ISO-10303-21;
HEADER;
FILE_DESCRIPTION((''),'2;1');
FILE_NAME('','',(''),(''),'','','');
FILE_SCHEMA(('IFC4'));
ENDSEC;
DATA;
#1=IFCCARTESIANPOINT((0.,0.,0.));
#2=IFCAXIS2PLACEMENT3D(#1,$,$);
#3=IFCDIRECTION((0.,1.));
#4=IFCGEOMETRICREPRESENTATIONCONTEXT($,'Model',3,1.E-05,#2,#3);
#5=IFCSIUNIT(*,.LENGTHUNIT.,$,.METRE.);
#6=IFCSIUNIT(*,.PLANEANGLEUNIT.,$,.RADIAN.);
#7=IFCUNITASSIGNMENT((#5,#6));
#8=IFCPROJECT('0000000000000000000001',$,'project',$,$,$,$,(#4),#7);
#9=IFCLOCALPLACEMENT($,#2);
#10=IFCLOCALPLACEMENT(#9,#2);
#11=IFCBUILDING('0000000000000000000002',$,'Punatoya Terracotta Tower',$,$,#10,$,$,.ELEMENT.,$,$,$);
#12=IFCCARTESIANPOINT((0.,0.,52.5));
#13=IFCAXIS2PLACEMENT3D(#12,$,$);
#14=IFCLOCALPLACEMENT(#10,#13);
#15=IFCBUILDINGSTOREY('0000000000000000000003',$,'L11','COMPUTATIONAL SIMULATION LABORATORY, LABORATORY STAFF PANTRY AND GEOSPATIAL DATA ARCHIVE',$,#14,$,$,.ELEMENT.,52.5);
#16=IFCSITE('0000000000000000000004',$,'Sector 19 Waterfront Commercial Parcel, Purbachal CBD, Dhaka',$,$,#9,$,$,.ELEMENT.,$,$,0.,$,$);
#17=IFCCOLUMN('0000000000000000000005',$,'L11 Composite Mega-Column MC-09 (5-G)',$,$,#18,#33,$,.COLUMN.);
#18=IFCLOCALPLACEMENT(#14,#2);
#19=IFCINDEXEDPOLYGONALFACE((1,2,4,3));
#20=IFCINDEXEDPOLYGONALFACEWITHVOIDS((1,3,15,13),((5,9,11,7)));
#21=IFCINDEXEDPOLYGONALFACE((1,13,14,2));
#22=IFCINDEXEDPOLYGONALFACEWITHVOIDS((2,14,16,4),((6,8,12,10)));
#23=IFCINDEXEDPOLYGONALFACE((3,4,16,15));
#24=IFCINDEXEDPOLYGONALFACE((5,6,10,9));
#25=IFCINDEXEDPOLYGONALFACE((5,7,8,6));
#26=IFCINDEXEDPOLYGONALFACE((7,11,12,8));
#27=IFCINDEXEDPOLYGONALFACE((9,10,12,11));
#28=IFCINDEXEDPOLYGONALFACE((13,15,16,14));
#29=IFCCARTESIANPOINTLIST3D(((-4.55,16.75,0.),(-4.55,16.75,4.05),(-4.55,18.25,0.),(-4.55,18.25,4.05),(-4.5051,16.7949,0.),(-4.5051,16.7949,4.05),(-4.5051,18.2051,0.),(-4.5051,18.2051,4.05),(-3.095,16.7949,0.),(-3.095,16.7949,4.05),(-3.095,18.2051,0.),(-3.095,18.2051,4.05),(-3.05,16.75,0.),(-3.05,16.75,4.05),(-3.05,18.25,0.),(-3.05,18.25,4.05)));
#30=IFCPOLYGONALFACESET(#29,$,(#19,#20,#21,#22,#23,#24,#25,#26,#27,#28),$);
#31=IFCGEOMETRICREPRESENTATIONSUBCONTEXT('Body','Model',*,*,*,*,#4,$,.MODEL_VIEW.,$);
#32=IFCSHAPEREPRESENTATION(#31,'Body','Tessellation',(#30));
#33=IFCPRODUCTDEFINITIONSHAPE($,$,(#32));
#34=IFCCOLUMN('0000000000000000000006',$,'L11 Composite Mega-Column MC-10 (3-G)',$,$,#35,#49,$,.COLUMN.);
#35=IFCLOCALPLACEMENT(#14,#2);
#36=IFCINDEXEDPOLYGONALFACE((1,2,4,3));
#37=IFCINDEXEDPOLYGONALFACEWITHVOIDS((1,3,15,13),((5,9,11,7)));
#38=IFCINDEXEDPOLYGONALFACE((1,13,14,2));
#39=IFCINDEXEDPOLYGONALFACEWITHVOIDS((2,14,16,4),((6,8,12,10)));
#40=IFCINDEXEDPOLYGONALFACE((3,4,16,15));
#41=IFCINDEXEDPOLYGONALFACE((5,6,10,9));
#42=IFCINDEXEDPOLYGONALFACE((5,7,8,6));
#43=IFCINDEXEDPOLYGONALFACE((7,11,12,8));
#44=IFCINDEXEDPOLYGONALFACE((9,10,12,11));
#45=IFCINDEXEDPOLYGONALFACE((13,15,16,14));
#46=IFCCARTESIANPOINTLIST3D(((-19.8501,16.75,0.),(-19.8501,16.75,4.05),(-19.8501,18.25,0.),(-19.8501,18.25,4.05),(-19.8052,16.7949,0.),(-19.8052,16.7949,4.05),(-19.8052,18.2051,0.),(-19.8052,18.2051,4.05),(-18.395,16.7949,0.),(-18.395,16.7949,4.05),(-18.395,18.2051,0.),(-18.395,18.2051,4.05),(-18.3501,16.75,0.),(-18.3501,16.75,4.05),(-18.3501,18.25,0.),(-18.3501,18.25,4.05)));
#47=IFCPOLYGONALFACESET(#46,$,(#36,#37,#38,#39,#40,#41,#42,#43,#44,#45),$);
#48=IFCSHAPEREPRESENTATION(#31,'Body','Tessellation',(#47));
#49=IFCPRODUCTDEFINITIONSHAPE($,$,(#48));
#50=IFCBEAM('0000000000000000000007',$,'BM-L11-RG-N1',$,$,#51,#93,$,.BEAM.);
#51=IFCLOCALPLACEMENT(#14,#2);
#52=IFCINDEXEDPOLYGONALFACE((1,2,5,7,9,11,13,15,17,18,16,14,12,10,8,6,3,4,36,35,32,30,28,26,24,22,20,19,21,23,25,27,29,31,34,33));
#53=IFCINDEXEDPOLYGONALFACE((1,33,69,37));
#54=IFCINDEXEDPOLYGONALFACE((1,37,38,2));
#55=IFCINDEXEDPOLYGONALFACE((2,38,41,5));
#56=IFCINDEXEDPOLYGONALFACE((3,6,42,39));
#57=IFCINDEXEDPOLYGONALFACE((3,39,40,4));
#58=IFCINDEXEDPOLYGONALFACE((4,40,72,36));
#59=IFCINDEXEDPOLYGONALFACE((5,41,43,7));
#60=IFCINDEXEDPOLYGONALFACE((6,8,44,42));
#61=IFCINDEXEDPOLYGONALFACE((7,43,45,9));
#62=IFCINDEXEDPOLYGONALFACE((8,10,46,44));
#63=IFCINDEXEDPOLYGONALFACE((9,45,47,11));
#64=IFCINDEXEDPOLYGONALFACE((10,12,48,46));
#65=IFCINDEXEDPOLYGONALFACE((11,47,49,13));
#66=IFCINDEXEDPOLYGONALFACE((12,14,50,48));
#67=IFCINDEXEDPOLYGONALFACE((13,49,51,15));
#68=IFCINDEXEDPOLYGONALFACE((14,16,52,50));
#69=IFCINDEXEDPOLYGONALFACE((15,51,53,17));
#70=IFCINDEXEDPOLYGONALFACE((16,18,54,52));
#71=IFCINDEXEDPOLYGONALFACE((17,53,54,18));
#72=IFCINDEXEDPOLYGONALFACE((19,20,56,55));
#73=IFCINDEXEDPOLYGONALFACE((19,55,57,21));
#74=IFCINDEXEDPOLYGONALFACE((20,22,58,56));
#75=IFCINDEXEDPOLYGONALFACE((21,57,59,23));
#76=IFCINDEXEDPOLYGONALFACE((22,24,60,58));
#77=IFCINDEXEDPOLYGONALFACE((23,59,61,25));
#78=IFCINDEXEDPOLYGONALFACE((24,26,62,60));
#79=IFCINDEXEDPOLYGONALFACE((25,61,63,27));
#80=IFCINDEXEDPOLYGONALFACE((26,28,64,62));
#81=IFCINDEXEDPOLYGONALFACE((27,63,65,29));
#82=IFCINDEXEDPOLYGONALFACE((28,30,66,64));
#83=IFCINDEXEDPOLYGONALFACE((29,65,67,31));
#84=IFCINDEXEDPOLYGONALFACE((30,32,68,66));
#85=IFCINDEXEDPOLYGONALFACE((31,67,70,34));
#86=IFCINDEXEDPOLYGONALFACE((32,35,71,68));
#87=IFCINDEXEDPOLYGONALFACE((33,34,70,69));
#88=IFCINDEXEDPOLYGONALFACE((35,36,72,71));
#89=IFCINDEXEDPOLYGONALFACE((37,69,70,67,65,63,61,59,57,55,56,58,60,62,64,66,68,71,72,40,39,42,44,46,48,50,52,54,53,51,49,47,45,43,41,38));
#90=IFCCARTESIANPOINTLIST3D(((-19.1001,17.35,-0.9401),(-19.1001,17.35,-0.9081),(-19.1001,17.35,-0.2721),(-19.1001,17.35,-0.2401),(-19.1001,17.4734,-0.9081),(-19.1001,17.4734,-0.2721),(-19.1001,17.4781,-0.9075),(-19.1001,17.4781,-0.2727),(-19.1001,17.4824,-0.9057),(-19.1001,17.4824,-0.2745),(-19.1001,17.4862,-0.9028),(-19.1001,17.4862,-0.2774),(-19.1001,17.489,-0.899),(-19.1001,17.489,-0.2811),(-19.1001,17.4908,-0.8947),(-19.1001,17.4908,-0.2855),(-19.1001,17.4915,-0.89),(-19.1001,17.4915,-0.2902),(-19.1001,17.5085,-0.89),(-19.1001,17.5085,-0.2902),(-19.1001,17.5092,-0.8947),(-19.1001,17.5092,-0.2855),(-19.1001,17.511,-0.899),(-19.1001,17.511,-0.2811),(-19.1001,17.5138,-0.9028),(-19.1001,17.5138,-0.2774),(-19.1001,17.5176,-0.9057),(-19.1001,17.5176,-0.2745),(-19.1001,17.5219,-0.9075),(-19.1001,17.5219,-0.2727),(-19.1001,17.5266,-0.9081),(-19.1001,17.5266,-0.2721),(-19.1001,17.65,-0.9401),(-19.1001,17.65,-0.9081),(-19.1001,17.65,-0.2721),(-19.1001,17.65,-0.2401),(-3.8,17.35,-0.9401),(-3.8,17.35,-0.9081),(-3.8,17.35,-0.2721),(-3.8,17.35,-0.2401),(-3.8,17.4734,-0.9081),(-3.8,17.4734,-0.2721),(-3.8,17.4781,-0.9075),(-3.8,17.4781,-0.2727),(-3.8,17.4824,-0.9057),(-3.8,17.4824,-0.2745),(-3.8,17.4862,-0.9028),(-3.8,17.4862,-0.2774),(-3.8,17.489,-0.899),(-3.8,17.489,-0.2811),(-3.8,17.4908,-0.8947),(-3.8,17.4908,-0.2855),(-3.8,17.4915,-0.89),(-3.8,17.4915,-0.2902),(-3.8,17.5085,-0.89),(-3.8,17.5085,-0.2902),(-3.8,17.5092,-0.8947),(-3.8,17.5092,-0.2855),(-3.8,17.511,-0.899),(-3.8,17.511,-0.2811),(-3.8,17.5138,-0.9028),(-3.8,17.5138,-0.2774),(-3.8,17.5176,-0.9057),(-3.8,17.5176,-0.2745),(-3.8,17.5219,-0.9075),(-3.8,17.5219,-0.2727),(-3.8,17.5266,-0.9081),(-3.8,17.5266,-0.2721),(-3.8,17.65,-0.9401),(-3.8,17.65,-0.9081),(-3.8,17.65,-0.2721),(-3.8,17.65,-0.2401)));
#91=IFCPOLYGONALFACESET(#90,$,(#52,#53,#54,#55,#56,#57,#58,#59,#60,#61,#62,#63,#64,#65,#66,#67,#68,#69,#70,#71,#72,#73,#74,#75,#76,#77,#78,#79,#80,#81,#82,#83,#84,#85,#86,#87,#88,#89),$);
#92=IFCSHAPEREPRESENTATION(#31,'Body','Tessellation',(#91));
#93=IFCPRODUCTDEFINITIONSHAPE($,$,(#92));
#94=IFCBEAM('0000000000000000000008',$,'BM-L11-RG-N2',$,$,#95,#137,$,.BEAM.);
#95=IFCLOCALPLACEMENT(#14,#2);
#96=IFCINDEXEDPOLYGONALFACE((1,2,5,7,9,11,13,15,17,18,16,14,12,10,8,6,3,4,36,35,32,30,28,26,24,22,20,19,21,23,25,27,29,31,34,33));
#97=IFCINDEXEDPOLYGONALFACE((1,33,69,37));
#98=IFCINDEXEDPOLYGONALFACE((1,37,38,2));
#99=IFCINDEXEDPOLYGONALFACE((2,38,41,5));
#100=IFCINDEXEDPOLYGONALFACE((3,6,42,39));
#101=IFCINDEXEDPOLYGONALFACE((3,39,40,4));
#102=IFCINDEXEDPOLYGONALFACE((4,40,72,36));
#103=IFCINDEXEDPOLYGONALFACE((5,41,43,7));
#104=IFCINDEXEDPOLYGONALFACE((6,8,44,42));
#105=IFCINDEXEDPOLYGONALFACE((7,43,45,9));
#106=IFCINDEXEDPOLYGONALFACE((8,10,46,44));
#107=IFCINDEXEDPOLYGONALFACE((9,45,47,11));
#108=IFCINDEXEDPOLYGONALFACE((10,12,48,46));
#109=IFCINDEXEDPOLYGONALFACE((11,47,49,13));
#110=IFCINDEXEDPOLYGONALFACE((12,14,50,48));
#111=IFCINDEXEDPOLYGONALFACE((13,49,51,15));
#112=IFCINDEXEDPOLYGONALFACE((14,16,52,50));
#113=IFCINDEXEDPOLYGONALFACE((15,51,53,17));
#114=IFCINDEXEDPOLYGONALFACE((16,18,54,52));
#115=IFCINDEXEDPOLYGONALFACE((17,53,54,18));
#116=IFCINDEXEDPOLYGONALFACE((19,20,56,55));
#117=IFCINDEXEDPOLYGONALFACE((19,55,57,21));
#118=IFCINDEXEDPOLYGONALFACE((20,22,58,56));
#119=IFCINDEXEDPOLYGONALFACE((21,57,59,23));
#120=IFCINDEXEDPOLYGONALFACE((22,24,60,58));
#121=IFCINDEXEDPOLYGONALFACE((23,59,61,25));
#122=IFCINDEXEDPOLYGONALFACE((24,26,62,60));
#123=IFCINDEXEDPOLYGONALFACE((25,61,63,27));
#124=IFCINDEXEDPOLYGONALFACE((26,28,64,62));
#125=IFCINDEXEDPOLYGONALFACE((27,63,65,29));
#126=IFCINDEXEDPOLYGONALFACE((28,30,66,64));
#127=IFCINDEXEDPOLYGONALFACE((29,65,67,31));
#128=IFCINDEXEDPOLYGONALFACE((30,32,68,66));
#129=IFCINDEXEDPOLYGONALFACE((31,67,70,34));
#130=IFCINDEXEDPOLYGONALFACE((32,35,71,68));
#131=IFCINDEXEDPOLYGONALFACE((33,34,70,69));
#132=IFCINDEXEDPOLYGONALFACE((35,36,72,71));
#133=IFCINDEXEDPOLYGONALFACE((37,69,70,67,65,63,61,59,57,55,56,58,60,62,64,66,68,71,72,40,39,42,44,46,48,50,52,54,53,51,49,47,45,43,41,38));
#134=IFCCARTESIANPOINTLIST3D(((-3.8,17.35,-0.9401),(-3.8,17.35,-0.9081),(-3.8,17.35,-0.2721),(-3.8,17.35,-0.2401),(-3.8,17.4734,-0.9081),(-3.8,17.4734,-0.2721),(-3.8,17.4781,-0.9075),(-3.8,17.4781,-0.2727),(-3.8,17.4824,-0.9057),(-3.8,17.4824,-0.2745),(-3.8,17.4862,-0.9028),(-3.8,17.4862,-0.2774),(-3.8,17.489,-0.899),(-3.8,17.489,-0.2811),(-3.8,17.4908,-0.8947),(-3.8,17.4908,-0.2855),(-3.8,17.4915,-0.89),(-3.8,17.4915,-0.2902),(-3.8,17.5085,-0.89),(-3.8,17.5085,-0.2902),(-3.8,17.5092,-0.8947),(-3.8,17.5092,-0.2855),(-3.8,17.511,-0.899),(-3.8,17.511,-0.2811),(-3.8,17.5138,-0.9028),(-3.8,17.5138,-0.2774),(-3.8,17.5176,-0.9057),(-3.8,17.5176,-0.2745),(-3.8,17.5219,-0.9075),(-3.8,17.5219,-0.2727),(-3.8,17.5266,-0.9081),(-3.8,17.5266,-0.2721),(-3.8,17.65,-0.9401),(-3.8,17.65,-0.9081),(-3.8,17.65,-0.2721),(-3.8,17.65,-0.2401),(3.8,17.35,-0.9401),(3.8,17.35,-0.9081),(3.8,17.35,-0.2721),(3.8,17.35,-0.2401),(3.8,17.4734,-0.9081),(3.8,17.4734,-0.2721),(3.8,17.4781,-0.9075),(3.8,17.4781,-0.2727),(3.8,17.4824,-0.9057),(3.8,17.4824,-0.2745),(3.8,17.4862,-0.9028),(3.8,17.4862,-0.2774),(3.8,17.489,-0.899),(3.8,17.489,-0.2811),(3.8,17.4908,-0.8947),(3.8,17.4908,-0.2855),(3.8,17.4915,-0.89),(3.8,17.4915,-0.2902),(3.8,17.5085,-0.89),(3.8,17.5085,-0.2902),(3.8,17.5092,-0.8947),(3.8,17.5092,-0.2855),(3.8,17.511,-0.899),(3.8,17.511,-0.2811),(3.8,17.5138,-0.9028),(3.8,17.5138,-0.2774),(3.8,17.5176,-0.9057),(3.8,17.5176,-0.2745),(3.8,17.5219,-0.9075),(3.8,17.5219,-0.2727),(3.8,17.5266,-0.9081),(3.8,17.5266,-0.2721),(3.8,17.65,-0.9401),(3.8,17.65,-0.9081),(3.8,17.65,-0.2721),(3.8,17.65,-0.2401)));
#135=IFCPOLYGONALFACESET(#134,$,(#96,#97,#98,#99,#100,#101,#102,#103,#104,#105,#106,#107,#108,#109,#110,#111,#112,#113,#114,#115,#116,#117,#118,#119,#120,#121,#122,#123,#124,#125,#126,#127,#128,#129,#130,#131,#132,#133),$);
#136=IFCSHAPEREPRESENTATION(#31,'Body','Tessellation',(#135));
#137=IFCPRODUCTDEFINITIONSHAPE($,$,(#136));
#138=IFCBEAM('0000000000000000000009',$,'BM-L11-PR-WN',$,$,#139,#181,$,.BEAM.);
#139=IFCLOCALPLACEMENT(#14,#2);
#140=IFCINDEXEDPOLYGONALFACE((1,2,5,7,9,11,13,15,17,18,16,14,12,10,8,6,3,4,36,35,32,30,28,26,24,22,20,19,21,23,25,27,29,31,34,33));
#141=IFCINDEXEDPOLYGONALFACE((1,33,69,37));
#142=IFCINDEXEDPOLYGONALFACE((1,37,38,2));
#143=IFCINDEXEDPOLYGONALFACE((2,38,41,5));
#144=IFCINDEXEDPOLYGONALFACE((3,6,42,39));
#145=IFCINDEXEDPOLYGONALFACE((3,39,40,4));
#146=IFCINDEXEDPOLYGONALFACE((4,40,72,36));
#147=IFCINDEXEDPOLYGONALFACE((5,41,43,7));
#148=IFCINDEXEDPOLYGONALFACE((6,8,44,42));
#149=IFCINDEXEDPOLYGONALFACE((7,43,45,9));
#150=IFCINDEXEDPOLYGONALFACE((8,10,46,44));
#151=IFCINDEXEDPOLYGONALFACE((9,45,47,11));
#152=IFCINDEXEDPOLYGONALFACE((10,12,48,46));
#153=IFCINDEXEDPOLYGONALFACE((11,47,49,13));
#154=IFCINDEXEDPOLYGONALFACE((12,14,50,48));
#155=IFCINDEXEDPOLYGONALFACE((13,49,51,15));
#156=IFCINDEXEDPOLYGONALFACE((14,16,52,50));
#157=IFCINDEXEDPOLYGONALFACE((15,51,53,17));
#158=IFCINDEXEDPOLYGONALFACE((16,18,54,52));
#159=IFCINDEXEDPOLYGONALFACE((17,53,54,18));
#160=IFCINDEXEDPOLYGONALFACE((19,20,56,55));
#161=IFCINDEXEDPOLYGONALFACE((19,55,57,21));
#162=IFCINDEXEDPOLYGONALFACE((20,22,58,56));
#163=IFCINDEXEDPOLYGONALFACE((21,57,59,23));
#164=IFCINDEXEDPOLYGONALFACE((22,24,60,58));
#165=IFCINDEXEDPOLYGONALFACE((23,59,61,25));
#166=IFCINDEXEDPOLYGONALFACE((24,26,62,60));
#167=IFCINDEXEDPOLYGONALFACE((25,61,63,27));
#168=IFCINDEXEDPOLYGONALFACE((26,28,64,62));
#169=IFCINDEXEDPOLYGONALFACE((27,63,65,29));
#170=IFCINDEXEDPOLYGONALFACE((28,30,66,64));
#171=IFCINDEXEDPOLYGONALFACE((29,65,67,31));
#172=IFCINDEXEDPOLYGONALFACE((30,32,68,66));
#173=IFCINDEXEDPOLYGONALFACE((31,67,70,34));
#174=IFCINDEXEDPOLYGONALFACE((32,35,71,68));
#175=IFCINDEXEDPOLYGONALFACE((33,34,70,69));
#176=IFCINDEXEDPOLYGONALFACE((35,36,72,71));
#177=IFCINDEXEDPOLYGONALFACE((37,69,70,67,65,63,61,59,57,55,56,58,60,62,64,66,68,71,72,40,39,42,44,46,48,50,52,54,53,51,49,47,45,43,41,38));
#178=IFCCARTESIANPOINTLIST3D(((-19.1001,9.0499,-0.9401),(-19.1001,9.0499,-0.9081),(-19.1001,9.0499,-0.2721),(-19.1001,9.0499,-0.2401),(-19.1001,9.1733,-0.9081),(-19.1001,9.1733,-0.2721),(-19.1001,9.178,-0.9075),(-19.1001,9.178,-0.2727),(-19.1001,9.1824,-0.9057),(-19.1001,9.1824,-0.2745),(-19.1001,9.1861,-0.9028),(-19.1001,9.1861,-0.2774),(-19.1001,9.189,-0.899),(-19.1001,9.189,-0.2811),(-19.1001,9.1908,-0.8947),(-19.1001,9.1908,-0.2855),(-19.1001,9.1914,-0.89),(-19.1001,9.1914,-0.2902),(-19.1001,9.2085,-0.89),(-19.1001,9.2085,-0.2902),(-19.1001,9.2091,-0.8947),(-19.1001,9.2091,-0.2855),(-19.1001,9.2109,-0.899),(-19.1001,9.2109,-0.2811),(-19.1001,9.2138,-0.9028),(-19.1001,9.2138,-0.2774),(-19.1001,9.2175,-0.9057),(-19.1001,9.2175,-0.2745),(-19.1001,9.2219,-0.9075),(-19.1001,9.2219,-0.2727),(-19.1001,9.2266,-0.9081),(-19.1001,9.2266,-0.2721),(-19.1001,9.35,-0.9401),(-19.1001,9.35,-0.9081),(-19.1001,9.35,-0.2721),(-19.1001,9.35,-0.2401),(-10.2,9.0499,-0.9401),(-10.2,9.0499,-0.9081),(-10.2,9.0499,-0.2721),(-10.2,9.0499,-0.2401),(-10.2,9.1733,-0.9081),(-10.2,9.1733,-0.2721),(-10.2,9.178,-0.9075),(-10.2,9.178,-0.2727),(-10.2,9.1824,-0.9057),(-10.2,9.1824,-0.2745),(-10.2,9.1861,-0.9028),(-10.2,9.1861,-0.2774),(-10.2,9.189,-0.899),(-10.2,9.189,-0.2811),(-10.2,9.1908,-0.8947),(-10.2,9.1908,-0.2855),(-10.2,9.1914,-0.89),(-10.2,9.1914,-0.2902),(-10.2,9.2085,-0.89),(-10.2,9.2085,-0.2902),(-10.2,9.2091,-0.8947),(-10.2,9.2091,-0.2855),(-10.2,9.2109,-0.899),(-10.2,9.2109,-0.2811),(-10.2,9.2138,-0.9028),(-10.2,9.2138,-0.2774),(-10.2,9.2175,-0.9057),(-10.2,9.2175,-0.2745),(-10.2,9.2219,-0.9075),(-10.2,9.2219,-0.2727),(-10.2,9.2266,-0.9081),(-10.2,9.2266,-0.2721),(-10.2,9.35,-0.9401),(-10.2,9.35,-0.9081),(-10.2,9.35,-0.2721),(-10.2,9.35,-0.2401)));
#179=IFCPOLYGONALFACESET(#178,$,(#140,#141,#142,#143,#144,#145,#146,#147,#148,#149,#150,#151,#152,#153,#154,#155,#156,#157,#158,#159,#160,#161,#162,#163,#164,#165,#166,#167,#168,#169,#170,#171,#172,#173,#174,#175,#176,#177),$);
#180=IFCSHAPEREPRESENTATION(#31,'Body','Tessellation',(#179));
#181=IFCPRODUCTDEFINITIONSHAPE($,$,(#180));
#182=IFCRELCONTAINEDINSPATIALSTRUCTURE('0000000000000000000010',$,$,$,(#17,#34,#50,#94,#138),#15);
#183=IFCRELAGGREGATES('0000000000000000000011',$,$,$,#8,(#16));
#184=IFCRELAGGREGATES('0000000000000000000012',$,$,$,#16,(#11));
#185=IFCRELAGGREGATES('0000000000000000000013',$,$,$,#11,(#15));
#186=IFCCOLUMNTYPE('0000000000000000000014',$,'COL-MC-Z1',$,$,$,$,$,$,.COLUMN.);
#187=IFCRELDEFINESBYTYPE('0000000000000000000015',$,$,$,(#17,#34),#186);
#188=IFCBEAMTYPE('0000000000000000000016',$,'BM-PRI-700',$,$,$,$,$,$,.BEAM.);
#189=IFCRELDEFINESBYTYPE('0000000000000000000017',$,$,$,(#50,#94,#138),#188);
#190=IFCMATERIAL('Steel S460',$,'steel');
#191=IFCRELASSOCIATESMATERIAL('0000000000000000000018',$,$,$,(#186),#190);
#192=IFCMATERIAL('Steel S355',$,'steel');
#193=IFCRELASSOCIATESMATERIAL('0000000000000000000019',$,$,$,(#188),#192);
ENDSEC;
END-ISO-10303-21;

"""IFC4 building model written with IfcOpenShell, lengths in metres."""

from ifc_helpers import new_model, si_unit, direction, frame, origin, origin_2d, place, context, subcontext, project, spatial, hollow_rectangle, i_section, extrude, material, material_profile, profile_set, type_object, element, save


model = new_model("IFC4")

# Units and contexts
model_context = context("Model", 3, precision=1e-05, world=origin(), true_north=direction((0.0, 1.0)))
body_context = subcontext(model_context, "Body", "Model", "MODEL_VIEW")
ifc_project = project(units=[si_unit("LENGTHUNIT", "METRE"), si_unit("PLANEANGLEUNIT", "RADIAN")], contexts=[model_context])

# Site, building, storey
site_placement = place(None, origin())
site = spatial("IfcSite", under=ifc_project, at=site_placement, Name="Sector 19 Waterfront Commercial Parcel, Purbachal CBD, Dhaka", CompositionType="ELEMENT", RefElevation=0.0)
building_placement = place(site_placement, origin())
building = spatial("IfcBuilding", under=site, at=building_placement, Name="Punatoya Terracotta Tower", CompositionType="ELEMENT")
storey_placement = place(building_placement, frame((0.0, 0.0, 52.5)))
storey = spatial("IfcBuildingStorey", under=building, at=storey_placement, Name="L11", Description="COMPUTATIONAL SIMULATION LABORATORY, LABORATORY STAFF PANTRY AND GEOSPATIAL DATA ARCHIVE", CompositionType="ELEMENT", Elevation=52.5)

# Columns
ifc_material_1 = material(Name="Steel S460", Category="steel")
ifc_material_profile_1 = material_profile(ifc_material_1, hollow_rectangle(XDim=1.5, YDim=1.5, WallThickness=0.0449, at=origin_2d()))
ifc_profile_set_1 = profile_set([ifc_material_profile_1], Name="Steel S460")
column_type = type_object("IfcColumnType", Name="COL-MC-Z1", PredefinedType="COLUMN", material=ifc_profile_set_1)
for number, where, z_axis, x_axis, name in (
    (1, (-3.8, 17.5, 0.0), (0.0, 0.0, 1.0), (1.0, 0.0, 0.0), "L11 Composite Mega-Column MC-09 (5-G)"),
    (2, (-19.1001, 17.5, 0.0), (0.0, 0.0, 1.0), (1.0, 0.0, 0.0), "L11 Composite Mega-Column MC-10 (3-G)"),
):
    element("IfcColumn", number, at=place(storey_placement, frame(where, z_axis=z_axis, x_axis=x_axis)), inside=storey, type_object=column_type, Name=name, PredefinedType="COLUMN", context=body_context, shape_type="SweptSolid", body=[
        extrude(hollow_rectangle(XDim=1.5, YDim=1.5, WallThickness=0.0449, at=origin_2d()), origin(), (0.0, 0.0, 1.0), 4.05),
    ])

# Beams
ifc_material_2 = material(Name="Steel S355", Category="steel")
ifc_material_profile_2 = material_profile(ifc_material_2, i_section(OverallWidth=0.3, OverallDepth=0.7, WebThickness=0.0171, FlangeThickness=0.032, FilletRadius=0.0181, at=origin_2d()))
ifc_profile_set_2 = profile_set([ifc_material_profile_2], Name="Steel S355")
beam_type_1 = type_object("IfcBeamType", Name="BM-PRI-700", PredefinedType="BEAM", material=ifc_profile_set_2)
beam_1_placement = place(storey_placement, frame((-19.1001, 17.5, -0.5901), z_axis=(1.0, 0.0, 0.0), x_axis=(0.0, 1.0, 0.0)))
element("IfcBeam", 3, at=beam_1_placement, inside=storey, type_object=beam_type_1, Name="BM-L11-RG-N1", PredefinedType="BEAM", context=body_context, shape_type="SweptSolid", body=[
    extrude(i_section(OverallWidth=0.3, OverallDepth=0.7, WebThickness=0.0171, FlangeThickness=0.032, FilletRadius=0.0181, at=origin_2d()), origin(), (0.0, 0.0, 1.0), 15.3),
])
beam_2_placement = place(storey_placement, frame((-3.8, 17.5, -0.5901), z_axis=(1.0, 0.0, 0.0), x_axis=(0.0, 1.0, 0.0)))
element("IfcBeam", 4, at=beam_2_placement, inside=storey, type_object=beam_type_1, Name="BM-L11-RG-N2", PredefinedType="BEAM", context=body_context, shape_type="SweptSolid", body=[
    extrude(i_section(OverallWidth=0.3, OverallDepth=0.7, WebThickness=0.0171, FlangeThickness=0.032, FilletRadius=0.0181, at=origin_2d()), origin(), (0.0, 0.0, 1.0), 7.6001),
])
beam_3_placement = place(storey_placement, frame((-19.1001, 9.2, -0.5901), z_axis=(1.0, 0.0, 0.0), x_axis=(0.0, 1.0, 0.0)))
element("IfcBeam", 5, at=beam_3_placement, inside=storey, type_object=beam_type_1, Name="BM-L11-PR-WN", PredefinedType="BEAM", context=body_context, shape_type="SweptSolid", body=[
    extrude(i_section(OverallWidth=0.3, OverallDepth=0.7, WebThickness=0.0171, FlangeThickness=0.032, FilletRadius=0.0181, at=origin_2d()), origin(), (0.0, 0.0, 1.0), 8.9001),
])

save(model, "model.ifc")
